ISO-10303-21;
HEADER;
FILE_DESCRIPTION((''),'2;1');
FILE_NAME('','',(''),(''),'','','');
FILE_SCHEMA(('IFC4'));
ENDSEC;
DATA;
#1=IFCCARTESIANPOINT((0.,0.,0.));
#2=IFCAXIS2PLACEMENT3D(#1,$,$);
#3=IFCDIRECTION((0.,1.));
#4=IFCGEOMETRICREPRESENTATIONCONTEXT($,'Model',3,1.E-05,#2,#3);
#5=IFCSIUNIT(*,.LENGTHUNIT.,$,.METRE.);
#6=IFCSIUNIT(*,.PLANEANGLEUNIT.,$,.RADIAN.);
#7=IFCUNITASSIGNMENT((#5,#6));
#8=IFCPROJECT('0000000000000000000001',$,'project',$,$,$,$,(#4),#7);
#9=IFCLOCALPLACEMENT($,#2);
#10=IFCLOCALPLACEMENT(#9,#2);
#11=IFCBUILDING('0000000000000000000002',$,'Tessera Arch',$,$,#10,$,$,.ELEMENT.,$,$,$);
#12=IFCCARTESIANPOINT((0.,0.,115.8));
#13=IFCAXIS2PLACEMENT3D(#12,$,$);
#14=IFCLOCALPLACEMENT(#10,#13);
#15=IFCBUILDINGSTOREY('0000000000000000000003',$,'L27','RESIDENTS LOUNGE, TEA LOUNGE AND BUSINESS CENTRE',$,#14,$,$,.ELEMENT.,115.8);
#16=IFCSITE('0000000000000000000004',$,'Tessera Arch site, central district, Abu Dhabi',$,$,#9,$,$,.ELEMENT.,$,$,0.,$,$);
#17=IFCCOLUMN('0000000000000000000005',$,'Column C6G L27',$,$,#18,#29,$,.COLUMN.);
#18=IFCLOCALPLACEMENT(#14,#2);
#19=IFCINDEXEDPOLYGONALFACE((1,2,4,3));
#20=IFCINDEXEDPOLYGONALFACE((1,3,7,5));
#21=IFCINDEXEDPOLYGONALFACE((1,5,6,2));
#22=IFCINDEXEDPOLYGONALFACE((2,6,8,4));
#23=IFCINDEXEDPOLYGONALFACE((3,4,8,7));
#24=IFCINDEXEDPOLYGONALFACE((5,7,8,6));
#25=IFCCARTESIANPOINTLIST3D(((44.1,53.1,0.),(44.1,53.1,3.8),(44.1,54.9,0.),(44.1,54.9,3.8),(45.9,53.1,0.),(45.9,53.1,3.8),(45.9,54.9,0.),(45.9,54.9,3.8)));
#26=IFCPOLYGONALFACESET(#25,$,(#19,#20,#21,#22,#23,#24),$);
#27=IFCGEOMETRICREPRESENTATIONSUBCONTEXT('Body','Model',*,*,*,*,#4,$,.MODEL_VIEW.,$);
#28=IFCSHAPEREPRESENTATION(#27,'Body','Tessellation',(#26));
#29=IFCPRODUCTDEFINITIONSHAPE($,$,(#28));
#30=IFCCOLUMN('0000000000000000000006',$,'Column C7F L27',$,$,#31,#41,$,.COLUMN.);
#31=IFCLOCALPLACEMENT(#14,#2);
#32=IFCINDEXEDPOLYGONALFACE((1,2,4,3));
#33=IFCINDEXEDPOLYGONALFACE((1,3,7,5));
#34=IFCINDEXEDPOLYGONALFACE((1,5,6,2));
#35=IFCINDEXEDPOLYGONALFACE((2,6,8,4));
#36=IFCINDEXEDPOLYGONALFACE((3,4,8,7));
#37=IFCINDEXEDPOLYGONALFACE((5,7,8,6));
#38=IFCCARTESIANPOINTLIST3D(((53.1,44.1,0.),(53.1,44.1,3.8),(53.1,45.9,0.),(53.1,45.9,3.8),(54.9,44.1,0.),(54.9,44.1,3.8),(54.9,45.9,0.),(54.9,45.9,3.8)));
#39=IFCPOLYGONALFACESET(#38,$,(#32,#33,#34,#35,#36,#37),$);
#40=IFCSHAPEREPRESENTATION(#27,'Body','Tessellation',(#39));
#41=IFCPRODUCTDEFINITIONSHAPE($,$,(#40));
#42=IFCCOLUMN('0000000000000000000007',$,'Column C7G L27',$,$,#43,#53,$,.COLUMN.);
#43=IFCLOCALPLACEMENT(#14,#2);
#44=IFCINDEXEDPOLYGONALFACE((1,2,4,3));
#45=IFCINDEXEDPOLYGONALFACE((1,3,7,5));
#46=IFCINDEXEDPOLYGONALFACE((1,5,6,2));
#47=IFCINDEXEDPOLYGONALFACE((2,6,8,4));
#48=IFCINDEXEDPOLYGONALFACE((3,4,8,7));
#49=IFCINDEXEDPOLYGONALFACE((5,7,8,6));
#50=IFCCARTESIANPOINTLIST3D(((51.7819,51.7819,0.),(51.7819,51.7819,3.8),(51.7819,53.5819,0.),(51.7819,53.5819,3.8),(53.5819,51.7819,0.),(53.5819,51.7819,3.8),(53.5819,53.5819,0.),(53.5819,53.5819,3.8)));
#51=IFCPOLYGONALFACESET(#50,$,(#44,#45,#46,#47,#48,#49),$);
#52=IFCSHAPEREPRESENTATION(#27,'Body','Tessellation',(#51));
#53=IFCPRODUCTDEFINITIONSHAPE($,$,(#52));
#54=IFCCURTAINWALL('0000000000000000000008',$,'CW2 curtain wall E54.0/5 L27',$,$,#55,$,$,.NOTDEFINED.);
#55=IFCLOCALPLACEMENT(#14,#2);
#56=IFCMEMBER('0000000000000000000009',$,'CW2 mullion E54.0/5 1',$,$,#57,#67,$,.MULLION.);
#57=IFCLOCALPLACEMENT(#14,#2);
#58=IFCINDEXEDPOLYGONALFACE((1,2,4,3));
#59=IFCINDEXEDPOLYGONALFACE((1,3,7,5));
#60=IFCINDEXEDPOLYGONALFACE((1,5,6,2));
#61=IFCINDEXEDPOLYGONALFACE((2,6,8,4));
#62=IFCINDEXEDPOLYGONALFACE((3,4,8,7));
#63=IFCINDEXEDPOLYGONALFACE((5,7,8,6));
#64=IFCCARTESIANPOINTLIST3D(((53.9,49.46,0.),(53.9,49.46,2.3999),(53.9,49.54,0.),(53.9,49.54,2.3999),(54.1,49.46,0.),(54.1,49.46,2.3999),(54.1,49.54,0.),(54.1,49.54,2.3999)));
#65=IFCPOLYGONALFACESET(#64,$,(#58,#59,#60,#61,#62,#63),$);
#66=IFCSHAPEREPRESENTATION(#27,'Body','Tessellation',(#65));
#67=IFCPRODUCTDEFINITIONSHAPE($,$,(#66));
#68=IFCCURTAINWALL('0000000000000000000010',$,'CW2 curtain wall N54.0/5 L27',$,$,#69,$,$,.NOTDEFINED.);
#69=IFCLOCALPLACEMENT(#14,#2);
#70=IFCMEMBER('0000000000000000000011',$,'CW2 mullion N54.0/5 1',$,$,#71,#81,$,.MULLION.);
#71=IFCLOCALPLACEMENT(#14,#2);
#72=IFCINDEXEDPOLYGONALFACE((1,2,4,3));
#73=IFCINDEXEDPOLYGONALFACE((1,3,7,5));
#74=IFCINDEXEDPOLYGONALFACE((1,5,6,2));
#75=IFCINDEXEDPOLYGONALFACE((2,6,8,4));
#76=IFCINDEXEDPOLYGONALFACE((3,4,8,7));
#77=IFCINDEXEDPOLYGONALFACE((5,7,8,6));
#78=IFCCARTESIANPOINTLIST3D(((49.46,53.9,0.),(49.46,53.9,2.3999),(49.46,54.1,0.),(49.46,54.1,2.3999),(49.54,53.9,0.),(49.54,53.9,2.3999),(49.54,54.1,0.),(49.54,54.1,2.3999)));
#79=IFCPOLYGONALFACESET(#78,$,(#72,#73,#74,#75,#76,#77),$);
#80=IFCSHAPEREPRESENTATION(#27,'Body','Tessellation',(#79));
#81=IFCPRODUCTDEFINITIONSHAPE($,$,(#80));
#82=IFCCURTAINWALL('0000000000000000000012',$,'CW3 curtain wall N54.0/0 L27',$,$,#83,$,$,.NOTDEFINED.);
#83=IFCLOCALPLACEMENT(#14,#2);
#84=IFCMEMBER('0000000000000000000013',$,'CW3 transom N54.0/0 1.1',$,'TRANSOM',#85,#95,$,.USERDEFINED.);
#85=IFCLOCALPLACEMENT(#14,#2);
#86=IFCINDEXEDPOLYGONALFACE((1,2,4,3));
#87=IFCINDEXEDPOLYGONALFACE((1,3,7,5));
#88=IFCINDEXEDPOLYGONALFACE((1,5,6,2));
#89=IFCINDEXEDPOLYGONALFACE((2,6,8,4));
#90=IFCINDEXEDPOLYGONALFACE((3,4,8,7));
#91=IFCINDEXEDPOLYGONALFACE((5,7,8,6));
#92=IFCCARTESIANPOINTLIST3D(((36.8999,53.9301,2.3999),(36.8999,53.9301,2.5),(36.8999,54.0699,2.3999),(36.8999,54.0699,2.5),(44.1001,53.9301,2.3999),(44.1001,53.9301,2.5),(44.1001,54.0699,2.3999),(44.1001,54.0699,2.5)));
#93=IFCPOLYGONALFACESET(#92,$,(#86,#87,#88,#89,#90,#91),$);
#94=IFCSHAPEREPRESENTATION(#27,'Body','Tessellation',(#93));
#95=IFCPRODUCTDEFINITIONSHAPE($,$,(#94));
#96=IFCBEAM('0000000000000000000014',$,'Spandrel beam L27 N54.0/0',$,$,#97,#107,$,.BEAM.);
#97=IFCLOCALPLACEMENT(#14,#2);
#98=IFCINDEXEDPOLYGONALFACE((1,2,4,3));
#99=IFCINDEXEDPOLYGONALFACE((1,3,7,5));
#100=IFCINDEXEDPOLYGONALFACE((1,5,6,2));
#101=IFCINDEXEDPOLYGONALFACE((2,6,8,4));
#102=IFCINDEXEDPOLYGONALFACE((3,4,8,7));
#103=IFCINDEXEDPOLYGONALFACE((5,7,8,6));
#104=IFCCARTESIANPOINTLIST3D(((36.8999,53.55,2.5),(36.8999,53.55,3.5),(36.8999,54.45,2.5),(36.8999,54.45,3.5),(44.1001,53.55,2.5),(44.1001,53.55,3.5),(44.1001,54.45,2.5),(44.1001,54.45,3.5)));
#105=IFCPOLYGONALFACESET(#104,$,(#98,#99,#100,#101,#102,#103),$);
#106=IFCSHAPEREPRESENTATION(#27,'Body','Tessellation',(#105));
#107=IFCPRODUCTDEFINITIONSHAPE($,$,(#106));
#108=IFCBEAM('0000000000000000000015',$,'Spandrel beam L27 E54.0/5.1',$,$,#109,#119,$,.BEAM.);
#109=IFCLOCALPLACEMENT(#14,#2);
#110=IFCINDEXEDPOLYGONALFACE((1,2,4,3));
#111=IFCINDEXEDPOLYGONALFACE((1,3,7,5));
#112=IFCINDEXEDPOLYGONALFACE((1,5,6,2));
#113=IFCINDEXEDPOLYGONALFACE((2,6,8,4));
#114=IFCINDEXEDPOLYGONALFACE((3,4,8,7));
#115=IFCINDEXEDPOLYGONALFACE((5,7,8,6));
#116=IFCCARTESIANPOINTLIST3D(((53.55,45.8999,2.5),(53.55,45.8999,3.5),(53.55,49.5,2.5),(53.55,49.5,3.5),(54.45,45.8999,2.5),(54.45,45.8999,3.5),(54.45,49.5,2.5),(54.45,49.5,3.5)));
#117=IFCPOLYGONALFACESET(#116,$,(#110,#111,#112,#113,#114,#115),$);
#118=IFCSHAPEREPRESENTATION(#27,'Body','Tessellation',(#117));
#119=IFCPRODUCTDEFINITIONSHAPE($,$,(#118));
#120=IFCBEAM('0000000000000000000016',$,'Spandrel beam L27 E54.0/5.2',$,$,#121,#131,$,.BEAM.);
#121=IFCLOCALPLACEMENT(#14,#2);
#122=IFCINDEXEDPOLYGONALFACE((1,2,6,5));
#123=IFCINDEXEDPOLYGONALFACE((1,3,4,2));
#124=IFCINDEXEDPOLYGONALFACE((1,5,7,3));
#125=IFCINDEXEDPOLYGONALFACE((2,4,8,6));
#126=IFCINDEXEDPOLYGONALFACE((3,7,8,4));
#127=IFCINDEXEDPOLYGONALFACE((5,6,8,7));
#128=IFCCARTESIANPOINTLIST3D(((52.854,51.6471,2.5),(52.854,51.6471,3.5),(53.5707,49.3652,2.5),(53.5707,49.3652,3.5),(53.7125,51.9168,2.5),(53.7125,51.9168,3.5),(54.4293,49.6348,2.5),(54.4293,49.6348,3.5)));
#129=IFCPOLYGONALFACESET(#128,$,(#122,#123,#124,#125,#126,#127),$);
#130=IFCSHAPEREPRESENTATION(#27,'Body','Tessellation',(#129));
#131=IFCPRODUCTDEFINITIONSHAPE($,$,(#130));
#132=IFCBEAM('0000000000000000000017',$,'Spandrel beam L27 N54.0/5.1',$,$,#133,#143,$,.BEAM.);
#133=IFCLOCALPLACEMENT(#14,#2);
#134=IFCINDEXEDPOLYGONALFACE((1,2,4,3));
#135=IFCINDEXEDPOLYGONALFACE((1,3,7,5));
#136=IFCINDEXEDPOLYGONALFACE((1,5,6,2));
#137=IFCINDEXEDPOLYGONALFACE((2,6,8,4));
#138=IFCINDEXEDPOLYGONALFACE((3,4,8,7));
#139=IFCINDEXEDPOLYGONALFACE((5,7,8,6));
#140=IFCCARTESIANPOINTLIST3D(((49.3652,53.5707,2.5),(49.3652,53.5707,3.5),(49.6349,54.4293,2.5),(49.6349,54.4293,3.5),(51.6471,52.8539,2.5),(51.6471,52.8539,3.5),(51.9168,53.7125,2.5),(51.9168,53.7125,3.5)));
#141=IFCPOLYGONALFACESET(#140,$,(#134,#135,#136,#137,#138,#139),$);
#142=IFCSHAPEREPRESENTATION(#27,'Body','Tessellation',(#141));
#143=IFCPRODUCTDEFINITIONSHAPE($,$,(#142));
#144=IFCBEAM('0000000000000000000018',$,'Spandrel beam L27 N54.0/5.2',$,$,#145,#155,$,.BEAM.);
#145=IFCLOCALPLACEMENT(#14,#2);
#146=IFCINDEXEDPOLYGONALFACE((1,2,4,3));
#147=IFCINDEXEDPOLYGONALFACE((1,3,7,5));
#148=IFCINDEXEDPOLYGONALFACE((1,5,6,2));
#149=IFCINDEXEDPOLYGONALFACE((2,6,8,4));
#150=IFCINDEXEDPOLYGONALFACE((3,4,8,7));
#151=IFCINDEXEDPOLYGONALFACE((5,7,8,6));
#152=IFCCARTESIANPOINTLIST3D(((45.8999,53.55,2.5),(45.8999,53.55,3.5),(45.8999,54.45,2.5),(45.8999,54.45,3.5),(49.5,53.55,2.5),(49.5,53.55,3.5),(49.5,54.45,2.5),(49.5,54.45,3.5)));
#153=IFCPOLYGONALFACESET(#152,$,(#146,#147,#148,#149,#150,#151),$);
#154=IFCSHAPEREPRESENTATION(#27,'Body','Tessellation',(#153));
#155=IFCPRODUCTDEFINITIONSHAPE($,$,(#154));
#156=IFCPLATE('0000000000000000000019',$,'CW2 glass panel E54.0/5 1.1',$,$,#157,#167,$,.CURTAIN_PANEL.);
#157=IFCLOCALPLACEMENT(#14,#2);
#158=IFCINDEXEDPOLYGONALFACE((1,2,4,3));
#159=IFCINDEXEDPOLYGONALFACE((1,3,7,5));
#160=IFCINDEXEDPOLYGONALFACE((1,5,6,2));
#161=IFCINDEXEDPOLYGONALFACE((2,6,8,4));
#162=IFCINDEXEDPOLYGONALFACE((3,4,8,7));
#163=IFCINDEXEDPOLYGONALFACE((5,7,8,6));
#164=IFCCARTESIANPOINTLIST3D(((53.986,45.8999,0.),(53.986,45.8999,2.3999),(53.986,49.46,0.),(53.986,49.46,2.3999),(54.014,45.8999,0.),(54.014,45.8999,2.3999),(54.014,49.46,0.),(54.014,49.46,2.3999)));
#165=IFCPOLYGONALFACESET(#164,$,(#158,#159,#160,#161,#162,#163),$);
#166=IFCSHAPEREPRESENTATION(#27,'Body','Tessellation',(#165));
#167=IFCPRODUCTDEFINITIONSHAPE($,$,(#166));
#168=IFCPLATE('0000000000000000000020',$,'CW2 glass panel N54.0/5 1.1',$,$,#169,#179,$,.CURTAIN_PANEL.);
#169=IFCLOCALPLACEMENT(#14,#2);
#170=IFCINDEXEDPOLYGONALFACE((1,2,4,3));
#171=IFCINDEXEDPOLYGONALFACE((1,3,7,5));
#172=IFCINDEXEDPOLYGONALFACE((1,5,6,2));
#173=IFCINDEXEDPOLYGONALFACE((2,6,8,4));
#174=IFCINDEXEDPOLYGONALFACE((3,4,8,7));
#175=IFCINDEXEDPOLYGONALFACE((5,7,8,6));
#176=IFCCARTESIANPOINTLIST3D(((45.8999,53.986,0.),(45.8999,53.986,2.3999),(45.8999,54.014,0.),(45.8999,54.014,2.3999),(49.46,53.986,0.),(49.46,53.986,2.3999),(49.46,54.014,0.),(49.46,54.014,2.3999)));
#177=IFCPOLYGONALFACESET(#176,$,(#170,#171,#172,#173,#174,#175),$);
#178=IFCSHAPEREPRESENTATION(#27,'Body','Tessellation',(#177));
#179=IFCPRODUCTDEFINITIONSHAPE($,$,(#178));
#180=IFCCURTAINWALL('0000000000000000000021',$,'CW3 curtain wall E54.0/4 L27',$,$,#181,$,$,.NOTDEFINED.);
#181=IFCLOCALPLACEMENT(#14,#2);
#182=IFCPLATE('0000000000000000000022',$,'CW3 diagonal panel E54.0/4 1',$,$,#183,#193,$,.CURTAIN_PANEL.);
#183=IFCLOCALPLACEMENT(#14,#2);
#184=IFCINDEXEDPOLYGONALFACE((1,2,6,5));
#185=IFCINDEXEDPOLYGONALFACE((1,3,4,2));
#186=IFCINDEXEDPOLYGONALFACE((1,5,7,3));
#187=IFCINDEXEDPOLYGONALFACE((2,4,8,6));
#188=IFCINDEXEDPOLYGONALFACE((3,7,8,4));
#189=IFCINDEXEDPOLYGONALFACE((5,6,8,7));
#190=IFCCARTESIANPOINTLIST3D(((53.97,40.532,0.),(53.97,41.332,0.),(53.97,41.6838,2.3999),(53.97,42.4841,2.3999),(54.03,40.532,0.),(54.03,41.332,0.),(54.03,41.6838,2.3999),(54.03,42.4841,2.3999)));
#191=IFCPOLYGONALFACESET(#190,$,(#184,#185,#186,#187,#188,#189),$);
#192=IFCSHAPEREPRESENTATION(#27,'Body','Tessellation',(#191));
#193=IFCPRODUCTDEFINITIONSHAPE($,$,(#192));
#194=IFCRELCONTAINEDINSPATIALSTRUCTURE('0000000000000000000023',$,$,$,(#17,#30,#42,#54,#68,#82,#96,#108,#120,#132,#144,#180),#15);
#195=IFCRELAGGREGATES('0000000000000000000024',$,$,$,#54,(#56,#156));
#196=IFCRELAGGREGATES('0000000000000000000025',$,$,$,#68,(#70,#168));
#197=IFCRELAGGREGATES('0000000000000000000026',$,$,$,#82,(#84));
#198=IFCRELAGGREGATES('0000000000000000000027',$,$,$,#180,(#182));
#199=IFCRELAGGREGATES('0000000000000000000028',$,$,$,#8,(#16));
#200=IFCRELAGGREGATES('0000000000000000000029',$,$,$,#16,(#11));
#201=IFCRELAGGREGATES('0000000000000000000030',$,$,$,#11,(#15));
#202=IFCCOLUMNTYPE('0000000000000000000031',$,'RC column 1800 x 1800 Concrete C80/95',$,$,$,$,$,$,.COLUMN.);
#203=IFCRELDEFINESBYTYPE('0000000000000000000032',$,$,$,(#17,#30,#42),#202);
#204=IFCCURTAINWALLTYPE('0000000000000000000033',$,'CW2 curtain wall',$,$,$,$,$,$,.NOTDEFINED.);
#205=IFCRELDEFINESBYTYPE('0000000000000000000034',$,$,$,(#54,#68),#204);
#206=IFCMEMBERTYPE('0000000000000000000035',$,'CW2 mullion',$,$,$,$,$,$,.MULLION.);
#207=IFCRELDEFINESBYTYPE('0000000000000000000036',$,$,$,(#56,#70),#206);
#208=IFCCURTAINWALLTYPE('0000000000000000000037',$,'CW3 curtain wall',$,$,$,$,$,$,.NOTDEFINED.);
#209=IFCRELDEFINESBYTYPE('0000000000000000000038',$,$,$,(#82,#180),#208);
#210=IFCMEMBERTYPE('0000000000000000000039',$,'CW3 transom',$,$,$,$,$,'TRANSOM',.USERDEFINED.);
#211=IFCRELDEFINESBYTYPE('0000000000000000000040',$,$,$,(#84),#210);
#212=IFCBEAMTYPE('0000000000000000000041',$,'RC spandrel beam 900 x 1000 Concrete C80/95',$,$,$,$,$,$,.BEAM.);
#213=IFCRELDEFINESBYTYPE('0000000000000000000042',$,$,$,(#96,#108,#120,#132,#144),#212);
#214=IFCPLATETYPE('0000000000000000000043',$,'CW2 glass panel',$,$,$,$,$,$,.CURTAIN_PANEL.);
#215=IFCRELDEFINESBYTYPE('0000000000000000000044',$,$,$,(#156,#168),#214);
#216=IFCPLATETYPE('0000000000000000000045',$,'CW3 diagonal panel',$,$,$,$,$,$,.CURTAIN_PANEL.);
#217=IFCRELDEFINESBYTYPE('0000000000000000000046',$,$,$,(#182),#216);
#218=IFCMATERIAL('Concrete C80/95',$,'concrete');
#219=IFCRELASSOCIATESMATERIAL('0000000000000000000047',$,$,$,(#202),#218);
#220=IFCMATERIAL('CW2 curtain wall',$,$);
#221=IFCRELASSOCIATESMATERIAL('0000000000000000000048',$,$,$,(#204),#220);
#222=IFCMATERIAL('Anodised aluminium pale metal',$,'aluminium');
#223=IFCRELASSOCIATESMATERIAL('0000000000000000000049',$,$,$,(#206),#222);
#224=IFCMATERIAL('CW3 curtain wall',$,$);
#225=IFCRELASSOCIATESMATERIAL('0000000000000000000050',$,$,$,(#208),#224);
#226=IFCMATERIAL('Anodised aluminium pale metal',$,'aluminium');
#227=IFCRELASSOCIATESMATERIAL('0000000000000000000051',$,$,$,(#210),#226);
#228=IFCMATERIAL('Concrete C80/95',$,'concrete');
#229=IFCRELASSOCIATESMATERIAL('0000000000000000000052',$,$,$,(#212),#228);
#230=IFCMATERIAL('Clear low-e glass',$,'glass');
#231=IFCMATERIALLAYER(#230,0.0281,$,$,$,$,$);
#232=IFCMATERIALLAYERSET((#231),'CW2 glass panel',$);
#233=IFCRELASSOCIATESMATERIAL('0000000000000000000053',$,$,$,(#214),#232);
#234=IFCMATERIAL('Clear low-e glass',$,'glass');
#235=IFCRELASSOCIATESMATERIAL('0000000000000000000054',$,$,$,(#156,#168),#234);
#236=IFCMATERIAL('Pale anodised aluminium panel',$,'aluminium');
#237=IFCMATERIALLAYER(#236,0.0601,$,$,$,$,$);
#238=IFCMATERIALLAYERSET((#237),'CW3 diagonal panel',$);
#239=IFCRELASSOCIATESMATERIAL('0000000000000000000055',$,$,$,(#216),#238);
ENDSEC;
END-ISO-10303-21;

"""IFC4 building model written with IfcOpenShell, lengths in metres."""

from ifc_helpers import new_model, si_unit, direction, frame, origin, origin_2d, place, context, subcontext, project, spatial, polyline, rectangle, outline, extrude, material, layer, layer_set, material_profile, profile_set, type_object, element, aggregate, save


model = new_model("IFC4")

# Units and contexts
model_context = context("Model", 3, precision=1e-05, world=origin(), true_north=direction((0.0, 1.0)))
body_context = subcontext(model_context, "Body", "Model", "MODEL_VIEW")
ifc_project = project(units=[si_unit("LENGTHUNIT", "METRE"), si_unit("PLANEANGLEUNIT", "RADIAN")], contexts=[model_context])

# Site, building, storey
site_placement = place(None, origin())
site = spatial("IfcSite", under=ifc_project, at=site_placement, Name="Tessera Arch site, central district, Abu Dhabi", CompositionType="ELEMENT", RefElevation=0.0)
building_placement = place(site_placement, origin())
building = spatial("IfcBuilding", under=site, at=building_placement, Name="Tessera Arch", CompositionType="ELEMENT")
storey_placement = place(building_placement, frame((0.0, 0.0, 115.8)))
storey = spatial("IfcBuildingStorey", under=building, at=storey_placement, Name="L27", Description="RESIDENTS LOUNGE, TEA LOUNGE AND BUSINESS CENTRE", CompositionType="ELEMENT", Elevation=115.8)

# Columns
ifc_material_1 = material(Name="Concrete C80/95", Category="concrete")
ifc_material_profile_1 = material_profile(ifc_material_1, rectangle(XDim=1.8, YDim=1.8, at=origin_2d()), Name="RC column 1800 x 1800 Concrete C80/95")
ifc_profile_set_1 = profile_set([ifc_material_profile_1], Name="Concrete C80/95")
column_type = type_object("IfcColumnType", Name="RC column 1800 x 1800 Concrete C80/95", PredefinedType="COLUMN", material=ifc_profile_set_1)
for number, where, z_axis, x_axis, name in (
    (1, (45.0, 54.0, 0.0), (0.0, 0.0, 1.0), (1.0, 0.0, 0.0), "Column C6G L27"),
    (2, (54.0, 45.0, 0.0), (0.0, 0.0, 1.0), (1.0, 0.0, 0.0), "Column C7F L27"),
    (3, (52.6819, 52.6819, 0.0), (0.0, 0.0, 1.0), (1.0, 0.0, 0.0), "Column C7G L27"),
):
    element("IfcColumn", number, at=place(storey_placement, frame(where, z_axis=z_axis, x_axis=x_axis)), inside=storey, type_object=column_type, Name=name, PredefinedType="COLUMN", context=body_context, shape_type="SweptSolid", body=[
        extrude(rectangle(XDim=1.8, YDim=1.8, at=origin_2d()), origin(), (0.0, 0.0, 1.0), 3.8),
    ])

# Curtain walls, members
ifc_material_2 = material(Name="CW2 curtain wall")
curtain_wall_type_1 = type_object("IfcCurtainWallType", Name="CW2 curtain wall", PredefinedType="NOTDEFINED", material=ifc_material_2)
curtain_wall_1_placement = place(storey_placement, origin())
curtain_wall_1 = element("IfcCurtainWall", 4, at=curtain_wall_1_placement, inside=storey, type_object=curtain_wall_type_1, Name="CW2 curtain wall E54.0/5 L27", PredefinedType="NOTDEFINED")
ifc_material_3 = material(Name="Anodised aluminium pale metal", Category="aluminium")
ifc_material_profile_2 = material_profile(ifc_material_3, rectangle(XDim=0.2, YDim=0.0801, at=origin_2d()), Name="AL 80x200")
ifc_profile_set_2 = profile_set([ifc_material_profile_2], Name="Anodised aluminium pale metal")
member_type_1 = type_object("IfcMemberType", Name="CW2 mullion", PredefinedType="MULLION", material=ifc_profile_set_2)
member_1_placement = place(storey_placement, frame((54.0, 49.5, 0.0), z_axis=(0.0, 0.0, 1.0), x_axis=(-1.0, 0.0, 0.0)))
member_1 = element("IfcMember", 5, at=member_1_placement, type_object=member_type_1, Name="CW2 mullion E54.0/5 1", PredefinedType="MULLION", context=body_context, shape_type="SweptSolid", body=[
    extrude(rectangle(XDim=0.2, YDim=0.0801, at=origin_2d()), origin(), (0.0, 0.0, 1.0), 2.3999),
])
curtain_wall_2_placement = place(storey_placement, origin())
curtain_wall_2 = element("IfcCurtainWall", 6, at=curtain_wall_2_placement, inside=storey, type_object=curtain_wall_type_1, Name="CW2 curtain wall N54.0/5 L27", PredefinedType="NOTDEFINED")
member_2_placement = place(storey_placement, frame((49.5, 54.0, 0.0), z_axis=(0.0, 0.0, 1.0), x_axis=(0.0, -1.0, 0.0)))
member_2 = element("IfcMember", 7, at=member_2_placement, type_object=member_type_1, Name="CW2 mullion N54.0/5 1", PredefinedType="MULLION", context=body_context, shape_type="SweptSolid", body=[
    extrude(rectangle(XDim=0.2, YDim=0.0801, at=origin_2d()), origin(), (0.0, 0.0, 1.0), 2.3999),
])
ifc_material_4 = material(Name="CW3 curtain wall")
curtain_wall_type_2 = type_object("IfcCurtainWallType", Name="CW3 curtain wall", PredefinedType="NOTDEFINED", material=ifc_material_4)
curtain_wall_3_placement = place(storey_placement, origin())
curtain_wall_3 = element("IfcCurtainWall", 8, at=curtain_wall_3_placement, inside=storey, type_object=curtain_wall_type_2, Name="CW3 curtain wall N54.0/0 L27", PredefinedType="NOTDEFINED")
ifc_material_5 = material(Name="Anodised aluminium pale metal", Category="aluminium")
ifc_material_profile_3 = material_profile(ifc_material_5, rectangle(XDim=0.1399, YDim=0.1001, at=origin_2d()), Name="AL 140x100")
ifc_profile_set_3 = profile_set([ifc_material_profile_3], Name="Anodised aluminium pale metal")
member_type_2 = type_object("IfcMemberType", Name="CW3 transom", ElementType="TRANSOM", PredefinedType="USERDEFINED", material=ifc_profile_set_3)
member_3_placement = place(storey_placement, frame((44.1001, 54.0, 2.45), z_axis=(-1.0, 0.0, 0.0), x_axis=(0.0, -1.0, 0.0)))
member_3 = element("IfcMember", 9, at=member_3_placement, type_object=member_type_2, Name="CW3 transom N54.0/0 1.1", ObjectType="TRANSOM", PredefinedType="USERDEFINED", context=body_context, shape_type="SweptSolid", body=[
    extrude(rectangle(XDim=0.1399, YDim=0.1001, at=origin_2d()), origin(), (0.0, 0.0, 1.0), 7.2002),
])

# Beams
ifc_material_6 = material(Name="Concrete C80/95", Category="concrete")
ifc_material_profile_4 = material_profile(ifc_material_6, rectangle(XDim=0.8999, YDim=1.0, at=origin_2d()), Name="RC spandrel beam 900 x 1000 Concrete C80/95")
ifc_profile_set_4 = profile_set([ifc_material_profile_4], Name="Concrete C80/95")
beam_type = type_object("IfcBeamType", Name="RC spandrel beam 900 x 1000 Concrete C80/95", PredefinedType="BEAM", material=ifc_profile_set_4)
beam_1_placement = place(storey_placement, frame((44.1001, 54.0, 3.0), z_axis=(-1.0, 0.0, 0.0), x_axis=(0.0, -1.0, 0.0)))
element("IfcBeam", 10, at=beam_1_placement, inside=storey, type_object=beam_type, Name="Spandrel beam L27 N54.0/0", PredefinedType="BEAM", context=body_context, shape_type="SweptSolid", body=[
    extrude(rectangle(XDim=0.8999, YDim=1.0, at=origin_2d()), origin(), (0.0, 0.0, 1.0), 7.2002),
])
beam_2_placement = place(storey_placement, frame((54.0, 45.8999, 3.0), z_axis=(0.0, 1.0, 0.0), x_axis=(-1.0, 0.0, 0.0)))
element("IfcBeam", 11, at=beam_2_placement, inside=storey, type_object=beam_type, Name="Spandrel beam L27 E54.0/5.1", PredefinedType="BEAM", context=body_context, shape_type="SweptSolid", body=[
    extrude(rectangle(XDim=0.8999, YDim=1.0, at=origin_2d()), origin(), (0.0, 0.0, 1.0), 3.6001),
])
for number, where, z_axis, x_axis, name in (
    (12, (54.0, 49.5, 3.0), (-0.299675, 0.954041, 0.0), (-0.954041, -0.299675, 0.0), "Spandrel beam L27 E54.0/5.2"),
    (13, (51.782, 53.2832, 3.0), (-0.954041, 0.299675, 0.0), (-0.299675, -0.954041, 0.0), "Spandrel beam L27 N54.0/5.1"),
):
    element("IfcBeam", number, at=place(storey_placement, frame(where, z_axis=z_axis, x_axis=x_axis)), inside=storey, type_object=beam_type, Name=name, PredefinedType="BEAM", context=body_context, shape_type="SweptSolid", body=[
        extrude(rectangle(XDim=0.8999, YDim=1.0, at=origin_2d()), origin(), (0.0, 0.0, 1.0), 2.3918),
    ])
beam_3_placement = place(storey_placement, frame((49.5, 54.0, 3.0), z_axis=(-1.0, 0.0, 0.0), x_axis=(0.0, -1.0, 0.0)))
element("IfcBeam", 14, at=beam_3_placement, inside=storey, type_object=beam_type, Name="Spandrel beam L27 N54.0/5.2", PredefinedType="BEAM", context=body_context, shape_type="SweptSolid", body=[
    extrude(rectangle(XDim=0.8999, YDim=1.0, at=origin_2d()), origin(), (0.0, 0.0, 1.0), 3.6001),
])

# Plates
ifc_material_7 = material(Name="Clear low-e glass", Category="glass")
ifc_material_8 = material(Name="Clear low-e glass", Category="glass")
ifc_layer_1 = layer(ifc_material_8, 0.0281)
ifc_layer_set_1 = layer_set([ifc_layer_1], Name="CW2 glass panel")
plate_type_1 = type_object("IfcPlateType", Name="CW2 glass panel", PredefinedType="CURTAIN_PANEL", material=ifc_layer_set_1)
plate_1_placement = place(storey_placement, frame((54.0, 47.6799, 0.0), z_axis=(0.0, 0.0, 1.0), x_axis=(0.0, 1.0, 0.0)))
plate_1 = element("IfcPlate", 15, at=plate_1_placement, type_object=plate_type_1, material=ifc_material_7, Name="CW2 glass panel E54.0/5 1.1", PredefinedType="CURTAIN_PANEL", context=body_context, shape_type="SweptSolid", body=[
    extrude(rectangle(XDim=3.5601, YDim=0.0281, at=origin_2d()), origin(), (0.0, 0.0, 1.0), 2.3999),
])
aggregate(curtain_wall_1, [member_1, plate_1])
plate_2_placement = place(storey_placement, frame((47.6799, 54.0, 0.0), z_axis=(0.0, 0.0, 1.0), x_axis=(-1.0, 0.0, 0.0)))
plate_2 = element("IfcPlate", 16, at=plate_2_placement, type_object=plate_type_1, material=ifc_material_7, Name="CW2 glass panel N54.0/5 1.1", PredefinedType="CURTAIN_PANEL", context=body_context, shape_type="SweptSolid", body=[
    extrude(rectangle(XDim=3.5601, YDim=0.0281, at=origin_2d()), origin(), (0.0, 0.0, 1.0), 2.3999),
])
aggregate(curtain_wall_2, [member_2, plate_2])

# Curtain wall, plate
curtain_wall_4_placement = place(storey_placement, origin())
curtain_wall_4 = element("IfcCurtainWall", 17, at=curtain_wall_4_placement, inside=storey, type_object=curtain_wall_type_2, Name="CW3 curtain wall E54.0/4 L27", PredefinedType="NOTDEFINED")
ifc_material_9 = material(Name="Pale anodised aluminium panel", Category="aluminium")
ifc_layer_2 = layer(ifc_material_9, 0.0601)
ifc_layer_set_2 = layer_set([ifc_layer_2], Name="CW3 diagonal panel")
plate_type_2 = type_object("IfcPlateType", Name="CW3 diagonal panel", PredefinedType="CURTAIN_PANEL", material=ifc_layer_set_2)
plate_3_placement = place(storey_placement, frame((54.03, 42.4841, 2.3999), z_axis=(1.0, 0.0, 0.0), x_axis=(0.0, -1.0, 0.0)))
plate_3 = element("IfcPlate", 18, at=plate_3_placement, type_object=plate_type_2, Name="CW3 diagonal panel E54.0/4 1", PredefinedType="CURTAIN_PANEL", context=body_context, shape_type="SweptSolid", body=[
    extrude(outline(polyline([(0.0, 0.0), (0.8003, 0.0), (1.9521, 2.3999), (1.1521, 2.3999), (0.0, 0.0)])), origin(), (0.0, 0.0, -1.0), 0.0601),
])

aggregate(curtain_wall_3, [member_3])
aggregate(curtain_wall_4, [plate_3])

save(model, "model.ifc")
